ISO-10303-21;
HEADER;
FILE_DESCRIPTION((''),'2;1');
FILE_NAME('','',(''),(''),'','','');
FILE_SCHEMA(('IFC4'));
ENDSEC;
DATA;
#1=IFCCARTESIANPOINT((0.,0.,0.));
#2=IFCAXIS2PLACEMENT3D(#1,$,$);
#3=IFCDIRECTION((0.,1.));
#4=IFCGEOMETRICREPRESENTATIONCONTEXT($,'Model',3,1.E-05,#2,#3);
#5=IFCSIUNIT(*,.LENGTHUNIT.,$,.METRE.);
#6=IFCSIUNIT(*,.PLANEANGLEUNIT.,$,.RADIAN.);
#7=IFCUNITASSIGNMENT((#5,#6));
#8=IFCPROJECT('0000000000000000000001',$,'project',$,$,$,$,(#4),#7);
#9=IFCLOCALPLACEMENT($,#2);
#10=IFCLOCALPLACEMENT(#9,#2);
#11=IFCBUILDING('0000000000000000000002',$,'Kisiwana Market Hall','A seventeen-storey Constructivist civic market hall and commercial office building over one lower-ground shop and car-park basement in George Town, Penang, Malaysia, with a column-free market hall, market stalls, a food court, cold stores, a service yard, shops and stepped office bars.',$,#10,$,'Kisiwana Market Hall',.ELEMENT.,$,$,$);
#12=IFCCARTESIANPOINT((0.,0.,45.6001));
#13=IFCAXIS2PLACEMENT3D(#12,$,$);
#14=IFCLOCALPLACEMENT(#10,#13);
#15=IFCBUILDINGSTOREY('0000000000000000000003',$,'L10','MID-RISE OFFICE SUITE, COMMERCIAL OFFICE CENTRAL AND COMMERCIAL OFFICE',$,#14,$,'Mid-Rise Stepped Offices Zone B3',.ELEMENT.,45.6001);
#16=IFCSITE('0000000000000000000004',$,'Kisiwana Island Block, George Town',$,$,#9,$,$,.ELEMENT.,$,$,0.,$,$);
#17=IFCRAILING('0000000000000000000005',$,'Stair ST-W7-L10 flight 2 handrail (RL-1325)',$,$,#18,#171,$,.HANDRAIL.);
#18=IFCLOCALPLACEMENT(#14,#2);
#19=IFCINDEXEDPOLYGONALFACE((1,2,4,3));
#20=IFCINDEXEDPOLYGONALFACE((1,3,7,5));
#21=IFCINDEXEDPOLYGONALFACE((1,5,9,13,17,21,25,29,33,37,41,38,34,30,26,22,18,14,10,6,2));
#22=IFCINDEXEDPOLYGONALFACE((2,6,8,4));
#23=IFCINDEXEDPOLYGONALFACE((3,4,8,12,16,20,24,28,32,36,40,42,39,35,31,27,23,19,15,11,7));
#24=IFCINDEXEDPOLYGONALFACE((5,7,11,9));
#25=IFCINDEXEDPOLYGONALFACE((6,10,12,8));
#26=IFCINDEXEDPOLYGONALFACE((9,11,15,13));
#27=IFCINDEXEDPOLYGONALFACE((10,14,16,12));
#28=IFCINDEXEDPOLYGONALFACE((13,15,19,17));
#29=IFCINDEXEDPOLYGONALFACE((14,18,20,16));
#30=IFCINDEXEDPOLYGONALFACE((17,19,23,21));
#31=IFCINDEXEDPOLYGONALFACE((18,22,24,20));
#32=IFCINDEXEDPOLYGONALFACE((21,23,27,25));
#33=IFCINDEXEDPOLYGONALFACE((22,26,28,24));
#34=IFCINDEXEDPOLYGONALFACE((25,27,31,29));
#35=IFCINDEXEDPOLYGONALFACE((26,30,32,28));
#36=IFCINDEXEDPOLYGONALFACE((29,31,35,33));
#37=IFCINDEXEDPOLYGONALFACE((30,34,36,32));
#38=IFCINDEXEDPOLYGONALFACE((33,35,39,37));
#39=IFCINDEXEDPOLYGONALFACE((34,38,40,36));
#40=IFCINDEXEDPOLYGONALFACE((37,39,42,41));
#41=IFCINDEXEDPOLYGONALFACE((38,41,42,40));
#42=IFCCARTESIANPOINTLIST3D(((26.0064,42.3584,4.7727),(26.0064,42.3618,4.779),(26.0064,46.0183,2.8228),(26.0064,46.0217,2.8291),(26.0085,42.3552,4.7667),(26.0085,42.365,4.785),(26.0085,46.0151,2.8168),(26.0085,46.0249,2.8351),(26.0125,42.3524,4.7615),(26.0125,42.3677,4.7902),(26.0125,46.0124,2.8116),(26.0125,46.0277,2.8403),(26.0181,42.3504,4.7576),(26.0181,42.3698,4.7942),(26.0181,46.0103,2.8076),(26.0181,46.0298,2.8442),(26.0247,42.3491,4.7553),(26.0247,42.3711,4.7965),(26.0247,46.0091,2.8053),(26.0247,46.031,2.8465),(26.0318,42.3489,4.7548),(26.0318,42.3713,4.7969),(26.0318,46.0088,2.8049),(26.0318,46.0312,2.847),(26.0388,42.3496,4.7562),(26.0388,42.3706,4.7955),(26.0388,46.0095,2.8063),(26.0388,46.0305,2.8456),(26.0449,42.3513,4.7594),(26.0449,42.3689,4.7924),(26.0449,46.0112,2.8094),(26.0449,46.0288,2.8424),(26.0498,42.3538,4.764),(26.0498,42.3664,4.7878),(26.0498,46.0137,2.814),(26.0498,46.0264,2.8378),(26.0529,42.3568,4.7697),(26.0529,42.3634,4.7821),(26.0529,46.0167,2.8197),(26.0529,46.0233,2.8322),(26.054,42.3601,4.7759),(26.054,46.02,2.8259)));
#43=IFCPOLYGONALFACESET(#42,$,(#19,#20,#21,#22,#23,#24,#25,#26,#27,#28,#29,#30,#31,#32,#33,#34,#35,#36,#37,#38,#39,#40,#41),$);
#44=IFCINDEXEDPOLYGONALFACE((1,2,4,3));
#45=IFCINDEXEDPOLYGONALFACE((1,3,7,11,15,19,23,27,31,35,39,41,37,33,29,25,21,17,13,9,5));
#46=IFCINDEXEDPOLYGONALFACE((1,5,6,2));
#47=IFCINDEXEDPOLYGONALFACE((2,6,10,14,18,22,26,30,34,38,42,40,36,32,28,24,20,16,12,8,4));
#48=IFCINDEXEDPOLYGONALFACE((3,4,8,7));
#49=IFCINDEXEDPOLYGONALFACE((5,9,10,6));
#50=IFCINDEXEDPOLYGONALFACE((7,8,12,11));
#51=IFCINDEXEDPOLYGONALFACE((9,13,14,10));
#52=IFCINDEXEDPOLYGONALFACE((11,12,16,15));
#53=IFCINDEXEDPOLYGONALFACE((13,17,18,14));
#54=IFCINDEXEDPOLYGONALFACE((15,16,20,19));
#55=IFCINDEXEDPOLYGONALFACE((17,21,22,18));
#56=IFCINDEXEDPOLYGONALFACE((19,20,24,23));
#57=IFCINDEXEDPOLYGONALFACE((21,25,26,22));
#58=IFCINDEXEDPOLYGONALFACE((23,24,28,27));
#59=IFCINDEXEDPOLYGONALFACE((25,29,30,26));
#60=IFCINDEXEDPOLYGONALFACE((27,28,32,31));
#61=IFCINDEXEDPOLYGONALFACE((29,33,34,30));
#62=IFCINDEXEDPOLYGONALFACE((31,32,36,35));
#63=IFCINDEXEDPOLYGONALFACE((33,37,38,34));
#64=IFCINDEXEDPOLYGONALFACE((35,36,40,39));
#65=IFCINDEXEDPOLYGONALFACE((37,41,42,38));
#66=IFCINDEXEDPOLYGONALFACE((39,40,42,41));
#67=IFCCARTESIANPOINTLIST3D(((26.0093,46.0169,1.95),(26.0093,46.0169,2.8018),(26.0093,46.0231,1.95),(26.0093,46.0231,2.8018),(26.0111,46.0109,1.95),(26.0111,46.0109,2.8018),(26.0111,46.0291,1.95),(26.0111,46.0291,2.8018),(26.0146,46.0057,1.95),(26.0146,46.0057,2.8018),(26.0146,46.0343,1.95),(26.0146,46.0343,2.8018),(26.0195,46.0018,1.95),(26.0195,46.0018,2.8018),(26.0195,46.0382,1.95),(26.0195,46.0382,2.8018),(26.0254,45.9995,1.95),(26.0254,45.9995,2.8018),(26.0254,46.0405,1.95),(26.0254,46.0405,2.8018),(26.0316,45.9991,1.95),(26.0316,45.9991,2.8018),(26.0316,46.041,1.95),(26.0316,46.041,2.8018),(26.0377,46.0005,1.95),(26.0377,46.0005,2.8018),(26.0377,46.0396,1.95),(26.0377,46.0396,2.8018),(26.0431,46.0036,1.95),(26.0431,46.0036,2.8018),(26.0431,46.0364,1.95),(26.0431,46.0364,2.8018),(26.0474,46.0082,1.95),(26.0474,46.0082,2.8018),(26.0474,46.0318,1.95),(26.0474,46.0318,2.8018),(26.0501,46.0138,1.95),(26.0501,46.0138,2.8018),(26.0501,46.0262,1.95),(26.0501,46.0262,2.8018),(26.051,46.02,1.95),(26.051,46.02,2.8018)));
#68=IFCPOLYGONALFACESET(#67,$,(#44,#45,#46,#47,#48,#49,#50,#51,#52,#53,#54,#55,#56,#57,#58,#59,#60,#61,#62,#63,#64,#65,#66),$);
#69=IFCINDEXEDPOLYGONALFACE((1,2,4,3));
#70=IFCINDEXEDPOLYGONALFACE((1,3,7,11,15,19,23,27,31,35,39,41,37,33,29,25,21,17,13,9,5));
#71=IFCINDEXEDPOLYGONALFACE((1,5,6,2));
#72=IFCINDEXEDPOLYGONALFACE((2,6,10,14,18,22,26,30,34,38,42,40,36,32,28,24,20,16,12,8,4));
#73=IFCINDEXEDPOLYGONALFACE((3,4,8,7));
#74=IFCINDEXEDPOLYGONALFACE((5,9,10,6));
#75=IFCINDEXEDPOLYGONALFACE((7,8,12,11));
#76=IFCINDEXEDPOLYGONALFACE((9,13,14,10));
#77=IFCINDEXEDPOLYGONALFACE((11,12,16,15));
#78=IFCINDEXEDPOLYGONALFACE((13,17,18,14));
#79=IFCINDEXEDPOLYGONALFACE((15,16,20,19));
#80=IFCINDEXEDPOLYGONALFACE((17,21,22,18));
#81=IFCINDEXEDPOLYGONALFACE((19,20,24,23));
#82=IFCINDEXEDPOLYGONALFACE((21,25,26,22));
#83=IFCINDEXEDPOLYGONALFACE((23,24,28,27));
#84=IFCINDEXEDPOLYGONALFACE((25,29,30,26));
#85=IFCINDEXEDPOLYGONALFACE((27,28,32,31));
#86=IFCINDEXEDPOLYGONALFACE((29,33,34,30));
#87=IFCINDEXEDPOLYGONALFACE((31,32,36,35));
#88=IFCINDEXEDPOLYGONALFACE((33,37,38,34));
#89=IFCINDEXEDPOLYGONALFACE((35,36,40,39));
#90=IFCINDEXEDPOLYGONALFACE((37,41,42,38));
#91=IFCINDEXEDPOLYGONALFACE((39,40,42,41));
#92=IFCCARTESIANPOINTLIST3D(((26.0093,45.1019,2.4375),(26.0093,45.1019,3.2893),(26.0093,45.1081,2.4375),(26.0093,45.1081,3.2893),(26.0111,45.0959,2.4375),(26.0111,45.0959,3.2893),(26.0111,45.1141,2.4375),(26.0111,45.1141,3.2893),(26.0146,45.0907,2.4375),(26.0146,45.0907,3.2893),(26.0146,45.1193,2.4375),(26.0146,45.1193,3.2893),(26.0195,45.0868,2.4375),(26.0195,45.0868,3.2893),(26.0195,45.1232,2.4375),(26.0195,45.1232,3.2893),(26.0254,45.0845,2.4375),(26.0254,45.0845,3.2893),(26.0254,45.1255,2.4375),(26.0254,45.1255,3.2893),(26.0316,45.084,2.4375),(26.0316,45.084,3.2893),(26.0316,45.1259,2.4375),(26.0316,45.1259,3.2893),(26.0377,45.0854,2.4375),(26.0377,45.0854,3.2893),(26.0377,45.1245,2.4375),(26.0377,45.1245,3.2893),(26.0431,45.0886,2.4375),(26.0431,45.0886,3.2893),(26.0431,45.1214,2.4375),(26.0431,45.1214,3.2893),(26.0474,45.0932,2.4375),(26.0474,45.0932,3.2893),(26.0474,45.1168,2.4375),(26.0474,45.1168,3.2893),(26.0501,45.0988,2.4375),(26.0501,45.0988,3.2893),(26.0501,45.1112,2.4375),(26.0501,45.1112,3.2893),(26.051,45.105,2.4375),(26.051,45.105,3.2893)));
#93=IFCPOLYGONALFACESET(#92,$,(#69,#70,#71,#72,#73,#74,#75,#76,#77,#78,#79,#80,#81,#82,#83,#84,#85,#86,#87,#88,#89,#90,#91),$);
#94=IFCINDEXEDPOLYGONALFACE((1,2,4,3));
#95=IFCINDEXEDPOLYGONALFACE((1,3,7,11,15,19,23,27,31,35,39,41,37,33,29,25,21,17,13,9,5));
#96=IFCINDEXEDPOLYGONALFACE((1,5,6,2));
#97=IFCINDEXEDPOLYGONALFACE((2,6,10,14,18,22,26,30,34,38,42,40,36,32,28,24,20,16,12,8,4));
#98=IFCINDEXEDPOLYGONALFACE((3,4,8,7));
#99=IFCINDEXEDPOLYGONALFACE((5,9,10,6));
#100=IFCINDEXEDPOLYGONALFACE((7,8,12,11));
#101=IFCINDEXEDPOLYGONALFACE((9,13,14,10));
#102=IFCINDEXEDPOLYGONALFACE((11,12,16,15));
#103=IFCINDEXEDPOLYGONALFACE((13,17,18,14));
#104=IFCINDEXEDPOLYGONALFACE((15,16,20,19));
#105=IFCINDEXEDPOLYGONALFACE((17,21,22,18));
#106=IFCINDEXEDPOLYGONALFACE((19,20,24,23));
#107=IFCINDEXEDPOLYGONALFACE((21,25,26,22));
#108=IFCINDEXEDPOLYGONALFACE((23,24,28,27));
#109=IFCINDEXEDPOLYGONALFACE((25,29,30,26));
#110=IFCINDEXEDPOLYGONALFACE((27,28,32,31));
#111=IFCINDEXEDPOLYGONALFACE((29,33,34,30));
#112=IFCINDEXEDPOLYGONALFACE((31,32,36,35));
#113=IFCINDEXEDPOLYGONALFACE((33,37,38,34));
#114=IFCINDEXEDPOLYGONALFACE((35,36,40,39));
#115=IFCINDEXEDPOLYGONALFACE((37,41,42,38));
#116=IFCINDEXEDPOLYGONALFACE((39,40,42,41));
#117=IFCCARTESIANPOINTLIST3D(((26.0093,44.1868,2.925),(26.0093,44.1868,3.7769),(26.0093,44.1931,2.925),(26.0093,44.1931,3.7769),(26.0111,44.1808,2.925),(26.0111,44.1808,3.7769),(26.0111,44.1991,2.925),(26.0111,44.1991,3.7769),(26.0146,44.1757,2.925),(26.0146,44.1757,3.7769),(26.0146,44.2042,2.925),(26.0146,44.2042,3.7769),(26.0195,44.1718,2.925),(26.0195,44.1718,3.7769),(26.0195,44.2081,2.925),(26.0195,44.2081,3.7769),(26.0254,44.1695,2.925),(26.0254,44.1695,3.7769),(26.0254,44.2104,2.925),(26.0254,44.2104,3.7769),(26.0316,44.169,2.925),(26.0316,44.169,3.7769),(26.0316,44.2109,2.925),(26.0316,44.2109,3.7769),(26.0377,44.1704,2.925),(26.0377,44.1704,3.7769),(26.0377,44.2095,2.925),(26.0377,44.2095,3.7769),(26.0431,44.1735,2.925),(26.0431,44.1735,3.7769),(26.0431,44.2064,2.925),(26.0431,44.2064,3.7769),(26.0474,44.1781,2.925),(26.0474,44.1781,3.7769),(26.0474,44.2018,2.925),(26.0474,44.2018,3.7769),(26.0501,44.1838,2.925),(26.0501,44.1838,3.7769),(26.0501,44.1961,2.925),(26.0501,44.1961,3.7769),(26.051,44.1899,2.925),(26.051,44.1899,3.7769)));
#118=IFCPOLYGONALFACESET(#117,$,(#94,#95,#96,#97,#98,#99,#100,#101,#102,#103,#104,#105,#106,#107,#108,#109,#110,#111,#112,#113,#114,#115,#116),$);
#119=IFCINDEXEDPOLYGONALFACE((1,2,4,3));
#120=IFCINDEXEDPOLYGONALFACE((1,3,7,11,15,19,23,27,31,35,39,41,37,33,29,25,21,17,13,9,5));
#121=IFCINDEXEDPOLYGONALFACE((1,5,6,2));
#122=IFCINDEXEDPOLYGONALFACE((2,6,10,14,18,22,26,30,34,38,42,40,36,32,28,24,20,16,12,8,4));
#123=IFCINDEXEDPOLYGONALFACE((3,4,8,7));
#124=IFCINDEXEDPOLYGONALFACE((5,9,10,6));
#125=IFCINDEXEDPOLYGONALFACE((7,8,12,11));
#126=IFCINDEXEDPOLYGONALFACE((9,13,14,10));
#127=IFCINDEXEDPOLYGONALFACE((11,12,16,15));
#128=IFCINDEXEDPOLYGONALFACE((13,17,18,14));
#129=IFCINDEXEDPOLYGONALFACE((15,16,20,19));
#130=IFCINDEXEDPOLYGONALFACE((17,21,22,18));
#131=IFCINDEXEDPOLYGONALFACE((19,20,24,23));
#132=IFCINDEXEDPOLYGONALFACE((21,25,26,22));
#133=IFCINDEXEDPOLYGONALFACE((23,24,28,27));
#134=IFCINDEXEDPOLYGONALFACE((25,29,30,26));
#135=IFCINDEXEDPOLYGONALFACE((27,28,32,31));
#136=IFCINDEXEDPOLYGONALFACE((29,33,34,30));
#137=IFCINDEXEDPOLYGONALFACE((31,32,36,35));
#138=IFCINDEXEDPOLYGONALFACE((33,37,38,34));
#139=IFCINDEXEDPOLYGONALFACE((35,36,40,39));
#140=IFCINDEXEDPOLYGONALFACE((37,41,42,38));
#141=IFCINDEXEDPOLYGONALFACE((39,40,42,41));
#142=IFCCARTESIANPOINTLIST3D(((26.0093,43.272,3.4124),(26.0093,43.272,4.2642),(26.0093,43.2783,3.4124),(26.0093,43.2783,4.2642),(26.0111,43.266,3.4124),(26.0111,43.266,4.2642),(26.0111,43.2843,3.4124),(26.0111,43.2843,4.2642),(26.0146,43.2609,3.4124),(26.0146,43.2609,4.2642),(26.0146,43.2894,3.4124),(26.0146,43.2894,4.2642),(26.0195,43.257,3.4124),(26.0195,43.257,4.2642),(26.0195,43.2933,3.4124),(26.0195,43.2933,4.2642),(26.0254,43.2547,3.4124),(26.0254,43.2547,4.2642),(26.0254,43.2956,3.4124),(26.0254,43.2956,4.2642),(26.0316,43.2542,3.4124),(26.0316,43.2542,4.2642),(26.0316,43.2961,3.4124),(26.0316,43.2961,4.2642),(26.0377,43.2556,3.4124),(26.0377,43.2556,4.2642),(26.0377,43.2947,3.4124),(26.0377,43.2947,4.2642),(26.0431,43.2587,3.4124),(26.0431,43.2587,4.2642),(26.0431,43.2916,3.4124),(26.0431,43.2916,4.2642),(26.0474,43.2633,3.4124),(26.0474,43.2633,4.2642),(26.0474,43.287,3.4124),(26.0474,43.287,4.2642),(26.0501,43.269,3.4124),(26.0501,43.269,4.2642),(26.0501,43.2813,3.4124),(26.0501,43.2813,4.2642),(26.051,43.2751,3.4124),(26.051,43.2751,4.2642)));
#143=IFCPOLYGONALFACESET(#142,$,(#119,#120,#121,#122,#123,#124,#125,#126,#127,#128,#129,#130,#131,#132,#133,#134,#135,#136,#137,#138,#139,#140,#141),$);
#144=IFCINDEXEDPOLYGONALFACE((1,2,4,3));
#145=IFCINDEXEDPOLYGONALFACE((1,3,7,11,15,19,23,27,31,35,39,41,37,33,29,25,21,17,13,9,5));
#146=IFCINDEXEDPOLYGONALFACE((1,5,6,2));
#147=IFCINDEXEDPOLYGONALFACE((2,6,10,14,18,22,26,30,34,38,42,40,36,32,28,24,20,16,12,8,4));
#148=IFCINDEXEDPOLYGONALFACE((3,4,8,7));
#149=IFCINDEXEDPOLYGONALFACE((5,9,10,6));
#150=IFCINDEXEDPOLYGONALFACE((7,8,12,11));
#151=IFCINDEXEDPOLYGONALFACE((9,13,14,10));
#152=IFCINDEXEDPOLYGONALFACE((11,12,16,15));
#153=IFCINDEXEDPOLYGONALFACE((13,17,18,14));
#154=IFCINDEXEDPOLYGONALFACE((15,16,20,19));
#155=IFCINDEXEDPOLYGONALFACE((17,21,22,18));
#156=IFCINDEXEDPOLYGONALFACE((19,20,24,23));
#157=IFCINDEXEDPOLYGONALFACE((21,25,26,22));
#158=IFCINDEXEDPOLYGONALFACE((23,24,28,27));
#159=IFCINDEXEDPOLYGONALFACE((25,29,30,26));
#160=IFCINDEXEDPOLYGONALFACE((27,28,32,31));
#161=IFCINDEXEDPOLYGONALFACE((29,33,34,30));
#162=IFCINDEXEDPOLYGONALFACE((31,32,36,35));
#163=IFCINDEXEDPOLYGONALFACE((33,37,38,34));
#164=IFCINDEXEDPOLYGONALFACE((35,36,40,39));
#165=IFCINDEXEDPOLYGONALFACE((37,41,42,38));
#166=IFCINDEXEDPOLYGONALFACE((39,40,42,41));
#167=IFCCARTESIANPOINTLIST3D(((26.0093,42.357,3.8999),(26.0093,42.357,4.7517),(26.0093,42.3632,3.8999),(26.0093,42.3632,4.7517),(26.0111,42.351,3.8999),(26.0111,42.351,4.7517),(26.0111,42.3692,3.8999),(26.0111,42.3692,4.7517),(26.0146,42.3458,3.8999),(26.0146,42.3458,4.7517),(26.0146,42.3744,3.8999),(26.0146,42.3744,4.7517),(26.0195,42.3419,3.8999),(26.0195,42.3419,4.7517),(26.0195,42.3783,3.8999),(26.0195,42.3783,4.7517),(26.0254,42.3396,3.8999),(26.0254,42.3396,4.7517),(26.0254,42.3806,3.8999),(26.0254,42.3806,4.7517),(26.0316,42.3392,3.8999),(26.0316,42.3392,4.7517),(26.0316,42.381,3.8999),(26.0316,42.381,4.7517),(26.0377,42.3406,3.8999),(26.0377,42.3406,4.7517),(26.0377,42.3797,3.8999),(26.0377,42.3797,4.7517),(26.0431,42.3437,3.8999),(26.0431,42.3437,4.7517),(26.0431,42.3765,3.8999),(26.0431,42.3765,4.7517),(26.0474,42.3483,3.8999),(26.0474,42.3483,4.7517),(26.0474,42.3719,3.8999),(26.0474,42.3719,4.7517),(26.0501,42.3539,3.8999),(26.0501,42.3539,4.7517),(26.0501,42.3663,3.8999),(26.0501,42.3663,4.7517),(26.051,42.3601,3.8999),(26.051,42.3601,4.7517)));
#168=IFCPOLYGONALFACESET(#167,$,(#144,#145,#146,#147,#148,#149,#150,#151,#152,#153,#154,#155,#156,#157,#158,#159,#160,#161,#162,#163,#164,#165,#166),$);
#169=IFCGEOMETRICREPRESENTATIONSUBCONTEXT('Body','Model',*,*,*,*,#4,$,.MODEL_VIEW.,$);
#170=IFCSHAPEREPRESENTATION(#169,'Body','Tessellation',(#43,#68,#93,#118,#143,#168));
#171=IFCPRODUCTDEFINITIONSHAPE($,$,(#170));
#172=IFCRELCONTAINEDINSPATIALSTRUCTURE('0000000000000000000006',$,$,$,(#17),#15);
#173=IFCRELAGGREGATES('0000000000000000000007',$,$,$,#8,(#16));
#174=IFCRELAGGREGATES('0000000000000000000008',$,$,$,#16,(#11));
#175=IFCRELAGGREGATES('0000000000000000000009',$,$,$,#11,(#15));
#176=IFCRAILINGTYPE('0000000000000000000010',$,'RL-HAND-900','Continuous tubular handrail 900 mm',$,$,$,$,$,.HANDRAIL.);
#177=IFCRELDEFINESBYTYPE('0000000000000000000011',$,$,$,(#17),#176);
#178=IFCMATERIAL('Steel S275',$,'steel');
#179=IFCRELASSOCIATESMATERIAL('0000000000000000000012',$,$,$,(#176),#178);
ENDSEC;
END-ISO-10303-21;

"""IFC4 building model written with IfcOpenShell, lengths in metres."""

from ifc_helpers import new_model, si_unit, direction, frame, origin, origin_2d, place, context, subcontext, project, spatial, circle, extrude, material, type_object, element, save


model = new_model("IFC4")

# Units and contexts
model_context = context("Model", 3, precision=1e-05, world=origin(), true_north=direction((0.0, 1.0)))
body_context = subcontext(model_context, "Body", "Model", "MODEL_VIEW")
ifc_project = project(units=[si_unit("LENGTHUNIT", "METRE"), si_unit("PLANEANGLEUNIT", "RADIAN")], contexts=[model_context])

# Site, building, storey
site_placement = place(None, origin())
site = spatial("IfcSite", under=ifc_project, at=site_placement, Name="Kisiwana Island Block, George Town", CompositionType="ELEMENT", RefElevation=0.0)
building_placement = place(site_placement, origin())
building = spatial("IfcBuilding", under=site, at=building_placement, Name="Kisiwana Market Hall", Description="A seventeen-storey Constructivist civic market hall and commercial office building over one lower-ground shop and car-park basement in George Town, Penang, Malaysia, with a column-free market hall, market stalls, a food court, cold stores, a service yard, shops and stepped office bars.", LongName="Kisiwana Market Hall", CompositionType="ELEMENT")
storey_placement = place(building_placement, frame((0.0, 0.0, 45.6001)))
storey = spatial("IfcBuildingStorey", under=building, at=storey_placement, Name="L10", Description="MID-RISE OFFICE SUITE, COMMERCIAL OFFICE CENTRAL AND COMMERCIAL OFFICE", LongName="Mid-Rise Stepped Offices Zone B3", CompositionType="ELEMENT", Elevation=45.6001)

# Railing
ifc_material_1 = material(Name="Steel S275", Category="steel")
railing_type_1 = type_object("IfcRailingType", Name="RL-HAND-900", Description="Continuous tubular handrail 900 mm", PredefinedType="HANDRAIL", material=ifc_material_1)
railing_1_placement = place(storey_placement, frame((26.03, 46.02, 1.95)))
element("IfcRailing", 1, at=railing_1_placement, inside=storey, type_object=railing_type_1, Name="Stair ST-W7-L10 flight 2 handrail (RL-1325)", PredefinedType="HANDRAIL", context=body_context, shape_type="SweptSolid", body=[
    extrude(circle(Radius=0.0239, at=origin_2d()), frame((0.0, 0.0, 0.876), z_axis=(0.0, -0.882553, 0.470212), x_axis=(1.0, 0.0, 0.0)), (0.0, 0.0, 1.0), 4.147),
    extrude(circle(Radius=0.021, at=origin_2d()), origin(), (0.0, 0.0, 1.0), 0.8518),
    extrude(circle(Radius=0.021, at=origin_2d()), frame((0.0, -0.915, 0.4875)), (0.0, 0.0, 1.0), 0.8518),
    extrude(circle(Radius=0.021, at=origin_2d()), frame((0.0, -1.8301, 0.9751)), (0.0, 0.0, 1.0), 0.8518),
    extrude(circle(Radius=0.021, at=origin_2d()), frame((0.0, -2.7449, 1.4624)), (0.0, 0.0, 1.0), 0.8518),
    extrude(circle(Radius=0.021, at=origin_2d()), frame((0.0, -3.6599, 1.95)), (0.0, 0.0, 1.0), 0.8518),
])

save(model, "model.ifc")
